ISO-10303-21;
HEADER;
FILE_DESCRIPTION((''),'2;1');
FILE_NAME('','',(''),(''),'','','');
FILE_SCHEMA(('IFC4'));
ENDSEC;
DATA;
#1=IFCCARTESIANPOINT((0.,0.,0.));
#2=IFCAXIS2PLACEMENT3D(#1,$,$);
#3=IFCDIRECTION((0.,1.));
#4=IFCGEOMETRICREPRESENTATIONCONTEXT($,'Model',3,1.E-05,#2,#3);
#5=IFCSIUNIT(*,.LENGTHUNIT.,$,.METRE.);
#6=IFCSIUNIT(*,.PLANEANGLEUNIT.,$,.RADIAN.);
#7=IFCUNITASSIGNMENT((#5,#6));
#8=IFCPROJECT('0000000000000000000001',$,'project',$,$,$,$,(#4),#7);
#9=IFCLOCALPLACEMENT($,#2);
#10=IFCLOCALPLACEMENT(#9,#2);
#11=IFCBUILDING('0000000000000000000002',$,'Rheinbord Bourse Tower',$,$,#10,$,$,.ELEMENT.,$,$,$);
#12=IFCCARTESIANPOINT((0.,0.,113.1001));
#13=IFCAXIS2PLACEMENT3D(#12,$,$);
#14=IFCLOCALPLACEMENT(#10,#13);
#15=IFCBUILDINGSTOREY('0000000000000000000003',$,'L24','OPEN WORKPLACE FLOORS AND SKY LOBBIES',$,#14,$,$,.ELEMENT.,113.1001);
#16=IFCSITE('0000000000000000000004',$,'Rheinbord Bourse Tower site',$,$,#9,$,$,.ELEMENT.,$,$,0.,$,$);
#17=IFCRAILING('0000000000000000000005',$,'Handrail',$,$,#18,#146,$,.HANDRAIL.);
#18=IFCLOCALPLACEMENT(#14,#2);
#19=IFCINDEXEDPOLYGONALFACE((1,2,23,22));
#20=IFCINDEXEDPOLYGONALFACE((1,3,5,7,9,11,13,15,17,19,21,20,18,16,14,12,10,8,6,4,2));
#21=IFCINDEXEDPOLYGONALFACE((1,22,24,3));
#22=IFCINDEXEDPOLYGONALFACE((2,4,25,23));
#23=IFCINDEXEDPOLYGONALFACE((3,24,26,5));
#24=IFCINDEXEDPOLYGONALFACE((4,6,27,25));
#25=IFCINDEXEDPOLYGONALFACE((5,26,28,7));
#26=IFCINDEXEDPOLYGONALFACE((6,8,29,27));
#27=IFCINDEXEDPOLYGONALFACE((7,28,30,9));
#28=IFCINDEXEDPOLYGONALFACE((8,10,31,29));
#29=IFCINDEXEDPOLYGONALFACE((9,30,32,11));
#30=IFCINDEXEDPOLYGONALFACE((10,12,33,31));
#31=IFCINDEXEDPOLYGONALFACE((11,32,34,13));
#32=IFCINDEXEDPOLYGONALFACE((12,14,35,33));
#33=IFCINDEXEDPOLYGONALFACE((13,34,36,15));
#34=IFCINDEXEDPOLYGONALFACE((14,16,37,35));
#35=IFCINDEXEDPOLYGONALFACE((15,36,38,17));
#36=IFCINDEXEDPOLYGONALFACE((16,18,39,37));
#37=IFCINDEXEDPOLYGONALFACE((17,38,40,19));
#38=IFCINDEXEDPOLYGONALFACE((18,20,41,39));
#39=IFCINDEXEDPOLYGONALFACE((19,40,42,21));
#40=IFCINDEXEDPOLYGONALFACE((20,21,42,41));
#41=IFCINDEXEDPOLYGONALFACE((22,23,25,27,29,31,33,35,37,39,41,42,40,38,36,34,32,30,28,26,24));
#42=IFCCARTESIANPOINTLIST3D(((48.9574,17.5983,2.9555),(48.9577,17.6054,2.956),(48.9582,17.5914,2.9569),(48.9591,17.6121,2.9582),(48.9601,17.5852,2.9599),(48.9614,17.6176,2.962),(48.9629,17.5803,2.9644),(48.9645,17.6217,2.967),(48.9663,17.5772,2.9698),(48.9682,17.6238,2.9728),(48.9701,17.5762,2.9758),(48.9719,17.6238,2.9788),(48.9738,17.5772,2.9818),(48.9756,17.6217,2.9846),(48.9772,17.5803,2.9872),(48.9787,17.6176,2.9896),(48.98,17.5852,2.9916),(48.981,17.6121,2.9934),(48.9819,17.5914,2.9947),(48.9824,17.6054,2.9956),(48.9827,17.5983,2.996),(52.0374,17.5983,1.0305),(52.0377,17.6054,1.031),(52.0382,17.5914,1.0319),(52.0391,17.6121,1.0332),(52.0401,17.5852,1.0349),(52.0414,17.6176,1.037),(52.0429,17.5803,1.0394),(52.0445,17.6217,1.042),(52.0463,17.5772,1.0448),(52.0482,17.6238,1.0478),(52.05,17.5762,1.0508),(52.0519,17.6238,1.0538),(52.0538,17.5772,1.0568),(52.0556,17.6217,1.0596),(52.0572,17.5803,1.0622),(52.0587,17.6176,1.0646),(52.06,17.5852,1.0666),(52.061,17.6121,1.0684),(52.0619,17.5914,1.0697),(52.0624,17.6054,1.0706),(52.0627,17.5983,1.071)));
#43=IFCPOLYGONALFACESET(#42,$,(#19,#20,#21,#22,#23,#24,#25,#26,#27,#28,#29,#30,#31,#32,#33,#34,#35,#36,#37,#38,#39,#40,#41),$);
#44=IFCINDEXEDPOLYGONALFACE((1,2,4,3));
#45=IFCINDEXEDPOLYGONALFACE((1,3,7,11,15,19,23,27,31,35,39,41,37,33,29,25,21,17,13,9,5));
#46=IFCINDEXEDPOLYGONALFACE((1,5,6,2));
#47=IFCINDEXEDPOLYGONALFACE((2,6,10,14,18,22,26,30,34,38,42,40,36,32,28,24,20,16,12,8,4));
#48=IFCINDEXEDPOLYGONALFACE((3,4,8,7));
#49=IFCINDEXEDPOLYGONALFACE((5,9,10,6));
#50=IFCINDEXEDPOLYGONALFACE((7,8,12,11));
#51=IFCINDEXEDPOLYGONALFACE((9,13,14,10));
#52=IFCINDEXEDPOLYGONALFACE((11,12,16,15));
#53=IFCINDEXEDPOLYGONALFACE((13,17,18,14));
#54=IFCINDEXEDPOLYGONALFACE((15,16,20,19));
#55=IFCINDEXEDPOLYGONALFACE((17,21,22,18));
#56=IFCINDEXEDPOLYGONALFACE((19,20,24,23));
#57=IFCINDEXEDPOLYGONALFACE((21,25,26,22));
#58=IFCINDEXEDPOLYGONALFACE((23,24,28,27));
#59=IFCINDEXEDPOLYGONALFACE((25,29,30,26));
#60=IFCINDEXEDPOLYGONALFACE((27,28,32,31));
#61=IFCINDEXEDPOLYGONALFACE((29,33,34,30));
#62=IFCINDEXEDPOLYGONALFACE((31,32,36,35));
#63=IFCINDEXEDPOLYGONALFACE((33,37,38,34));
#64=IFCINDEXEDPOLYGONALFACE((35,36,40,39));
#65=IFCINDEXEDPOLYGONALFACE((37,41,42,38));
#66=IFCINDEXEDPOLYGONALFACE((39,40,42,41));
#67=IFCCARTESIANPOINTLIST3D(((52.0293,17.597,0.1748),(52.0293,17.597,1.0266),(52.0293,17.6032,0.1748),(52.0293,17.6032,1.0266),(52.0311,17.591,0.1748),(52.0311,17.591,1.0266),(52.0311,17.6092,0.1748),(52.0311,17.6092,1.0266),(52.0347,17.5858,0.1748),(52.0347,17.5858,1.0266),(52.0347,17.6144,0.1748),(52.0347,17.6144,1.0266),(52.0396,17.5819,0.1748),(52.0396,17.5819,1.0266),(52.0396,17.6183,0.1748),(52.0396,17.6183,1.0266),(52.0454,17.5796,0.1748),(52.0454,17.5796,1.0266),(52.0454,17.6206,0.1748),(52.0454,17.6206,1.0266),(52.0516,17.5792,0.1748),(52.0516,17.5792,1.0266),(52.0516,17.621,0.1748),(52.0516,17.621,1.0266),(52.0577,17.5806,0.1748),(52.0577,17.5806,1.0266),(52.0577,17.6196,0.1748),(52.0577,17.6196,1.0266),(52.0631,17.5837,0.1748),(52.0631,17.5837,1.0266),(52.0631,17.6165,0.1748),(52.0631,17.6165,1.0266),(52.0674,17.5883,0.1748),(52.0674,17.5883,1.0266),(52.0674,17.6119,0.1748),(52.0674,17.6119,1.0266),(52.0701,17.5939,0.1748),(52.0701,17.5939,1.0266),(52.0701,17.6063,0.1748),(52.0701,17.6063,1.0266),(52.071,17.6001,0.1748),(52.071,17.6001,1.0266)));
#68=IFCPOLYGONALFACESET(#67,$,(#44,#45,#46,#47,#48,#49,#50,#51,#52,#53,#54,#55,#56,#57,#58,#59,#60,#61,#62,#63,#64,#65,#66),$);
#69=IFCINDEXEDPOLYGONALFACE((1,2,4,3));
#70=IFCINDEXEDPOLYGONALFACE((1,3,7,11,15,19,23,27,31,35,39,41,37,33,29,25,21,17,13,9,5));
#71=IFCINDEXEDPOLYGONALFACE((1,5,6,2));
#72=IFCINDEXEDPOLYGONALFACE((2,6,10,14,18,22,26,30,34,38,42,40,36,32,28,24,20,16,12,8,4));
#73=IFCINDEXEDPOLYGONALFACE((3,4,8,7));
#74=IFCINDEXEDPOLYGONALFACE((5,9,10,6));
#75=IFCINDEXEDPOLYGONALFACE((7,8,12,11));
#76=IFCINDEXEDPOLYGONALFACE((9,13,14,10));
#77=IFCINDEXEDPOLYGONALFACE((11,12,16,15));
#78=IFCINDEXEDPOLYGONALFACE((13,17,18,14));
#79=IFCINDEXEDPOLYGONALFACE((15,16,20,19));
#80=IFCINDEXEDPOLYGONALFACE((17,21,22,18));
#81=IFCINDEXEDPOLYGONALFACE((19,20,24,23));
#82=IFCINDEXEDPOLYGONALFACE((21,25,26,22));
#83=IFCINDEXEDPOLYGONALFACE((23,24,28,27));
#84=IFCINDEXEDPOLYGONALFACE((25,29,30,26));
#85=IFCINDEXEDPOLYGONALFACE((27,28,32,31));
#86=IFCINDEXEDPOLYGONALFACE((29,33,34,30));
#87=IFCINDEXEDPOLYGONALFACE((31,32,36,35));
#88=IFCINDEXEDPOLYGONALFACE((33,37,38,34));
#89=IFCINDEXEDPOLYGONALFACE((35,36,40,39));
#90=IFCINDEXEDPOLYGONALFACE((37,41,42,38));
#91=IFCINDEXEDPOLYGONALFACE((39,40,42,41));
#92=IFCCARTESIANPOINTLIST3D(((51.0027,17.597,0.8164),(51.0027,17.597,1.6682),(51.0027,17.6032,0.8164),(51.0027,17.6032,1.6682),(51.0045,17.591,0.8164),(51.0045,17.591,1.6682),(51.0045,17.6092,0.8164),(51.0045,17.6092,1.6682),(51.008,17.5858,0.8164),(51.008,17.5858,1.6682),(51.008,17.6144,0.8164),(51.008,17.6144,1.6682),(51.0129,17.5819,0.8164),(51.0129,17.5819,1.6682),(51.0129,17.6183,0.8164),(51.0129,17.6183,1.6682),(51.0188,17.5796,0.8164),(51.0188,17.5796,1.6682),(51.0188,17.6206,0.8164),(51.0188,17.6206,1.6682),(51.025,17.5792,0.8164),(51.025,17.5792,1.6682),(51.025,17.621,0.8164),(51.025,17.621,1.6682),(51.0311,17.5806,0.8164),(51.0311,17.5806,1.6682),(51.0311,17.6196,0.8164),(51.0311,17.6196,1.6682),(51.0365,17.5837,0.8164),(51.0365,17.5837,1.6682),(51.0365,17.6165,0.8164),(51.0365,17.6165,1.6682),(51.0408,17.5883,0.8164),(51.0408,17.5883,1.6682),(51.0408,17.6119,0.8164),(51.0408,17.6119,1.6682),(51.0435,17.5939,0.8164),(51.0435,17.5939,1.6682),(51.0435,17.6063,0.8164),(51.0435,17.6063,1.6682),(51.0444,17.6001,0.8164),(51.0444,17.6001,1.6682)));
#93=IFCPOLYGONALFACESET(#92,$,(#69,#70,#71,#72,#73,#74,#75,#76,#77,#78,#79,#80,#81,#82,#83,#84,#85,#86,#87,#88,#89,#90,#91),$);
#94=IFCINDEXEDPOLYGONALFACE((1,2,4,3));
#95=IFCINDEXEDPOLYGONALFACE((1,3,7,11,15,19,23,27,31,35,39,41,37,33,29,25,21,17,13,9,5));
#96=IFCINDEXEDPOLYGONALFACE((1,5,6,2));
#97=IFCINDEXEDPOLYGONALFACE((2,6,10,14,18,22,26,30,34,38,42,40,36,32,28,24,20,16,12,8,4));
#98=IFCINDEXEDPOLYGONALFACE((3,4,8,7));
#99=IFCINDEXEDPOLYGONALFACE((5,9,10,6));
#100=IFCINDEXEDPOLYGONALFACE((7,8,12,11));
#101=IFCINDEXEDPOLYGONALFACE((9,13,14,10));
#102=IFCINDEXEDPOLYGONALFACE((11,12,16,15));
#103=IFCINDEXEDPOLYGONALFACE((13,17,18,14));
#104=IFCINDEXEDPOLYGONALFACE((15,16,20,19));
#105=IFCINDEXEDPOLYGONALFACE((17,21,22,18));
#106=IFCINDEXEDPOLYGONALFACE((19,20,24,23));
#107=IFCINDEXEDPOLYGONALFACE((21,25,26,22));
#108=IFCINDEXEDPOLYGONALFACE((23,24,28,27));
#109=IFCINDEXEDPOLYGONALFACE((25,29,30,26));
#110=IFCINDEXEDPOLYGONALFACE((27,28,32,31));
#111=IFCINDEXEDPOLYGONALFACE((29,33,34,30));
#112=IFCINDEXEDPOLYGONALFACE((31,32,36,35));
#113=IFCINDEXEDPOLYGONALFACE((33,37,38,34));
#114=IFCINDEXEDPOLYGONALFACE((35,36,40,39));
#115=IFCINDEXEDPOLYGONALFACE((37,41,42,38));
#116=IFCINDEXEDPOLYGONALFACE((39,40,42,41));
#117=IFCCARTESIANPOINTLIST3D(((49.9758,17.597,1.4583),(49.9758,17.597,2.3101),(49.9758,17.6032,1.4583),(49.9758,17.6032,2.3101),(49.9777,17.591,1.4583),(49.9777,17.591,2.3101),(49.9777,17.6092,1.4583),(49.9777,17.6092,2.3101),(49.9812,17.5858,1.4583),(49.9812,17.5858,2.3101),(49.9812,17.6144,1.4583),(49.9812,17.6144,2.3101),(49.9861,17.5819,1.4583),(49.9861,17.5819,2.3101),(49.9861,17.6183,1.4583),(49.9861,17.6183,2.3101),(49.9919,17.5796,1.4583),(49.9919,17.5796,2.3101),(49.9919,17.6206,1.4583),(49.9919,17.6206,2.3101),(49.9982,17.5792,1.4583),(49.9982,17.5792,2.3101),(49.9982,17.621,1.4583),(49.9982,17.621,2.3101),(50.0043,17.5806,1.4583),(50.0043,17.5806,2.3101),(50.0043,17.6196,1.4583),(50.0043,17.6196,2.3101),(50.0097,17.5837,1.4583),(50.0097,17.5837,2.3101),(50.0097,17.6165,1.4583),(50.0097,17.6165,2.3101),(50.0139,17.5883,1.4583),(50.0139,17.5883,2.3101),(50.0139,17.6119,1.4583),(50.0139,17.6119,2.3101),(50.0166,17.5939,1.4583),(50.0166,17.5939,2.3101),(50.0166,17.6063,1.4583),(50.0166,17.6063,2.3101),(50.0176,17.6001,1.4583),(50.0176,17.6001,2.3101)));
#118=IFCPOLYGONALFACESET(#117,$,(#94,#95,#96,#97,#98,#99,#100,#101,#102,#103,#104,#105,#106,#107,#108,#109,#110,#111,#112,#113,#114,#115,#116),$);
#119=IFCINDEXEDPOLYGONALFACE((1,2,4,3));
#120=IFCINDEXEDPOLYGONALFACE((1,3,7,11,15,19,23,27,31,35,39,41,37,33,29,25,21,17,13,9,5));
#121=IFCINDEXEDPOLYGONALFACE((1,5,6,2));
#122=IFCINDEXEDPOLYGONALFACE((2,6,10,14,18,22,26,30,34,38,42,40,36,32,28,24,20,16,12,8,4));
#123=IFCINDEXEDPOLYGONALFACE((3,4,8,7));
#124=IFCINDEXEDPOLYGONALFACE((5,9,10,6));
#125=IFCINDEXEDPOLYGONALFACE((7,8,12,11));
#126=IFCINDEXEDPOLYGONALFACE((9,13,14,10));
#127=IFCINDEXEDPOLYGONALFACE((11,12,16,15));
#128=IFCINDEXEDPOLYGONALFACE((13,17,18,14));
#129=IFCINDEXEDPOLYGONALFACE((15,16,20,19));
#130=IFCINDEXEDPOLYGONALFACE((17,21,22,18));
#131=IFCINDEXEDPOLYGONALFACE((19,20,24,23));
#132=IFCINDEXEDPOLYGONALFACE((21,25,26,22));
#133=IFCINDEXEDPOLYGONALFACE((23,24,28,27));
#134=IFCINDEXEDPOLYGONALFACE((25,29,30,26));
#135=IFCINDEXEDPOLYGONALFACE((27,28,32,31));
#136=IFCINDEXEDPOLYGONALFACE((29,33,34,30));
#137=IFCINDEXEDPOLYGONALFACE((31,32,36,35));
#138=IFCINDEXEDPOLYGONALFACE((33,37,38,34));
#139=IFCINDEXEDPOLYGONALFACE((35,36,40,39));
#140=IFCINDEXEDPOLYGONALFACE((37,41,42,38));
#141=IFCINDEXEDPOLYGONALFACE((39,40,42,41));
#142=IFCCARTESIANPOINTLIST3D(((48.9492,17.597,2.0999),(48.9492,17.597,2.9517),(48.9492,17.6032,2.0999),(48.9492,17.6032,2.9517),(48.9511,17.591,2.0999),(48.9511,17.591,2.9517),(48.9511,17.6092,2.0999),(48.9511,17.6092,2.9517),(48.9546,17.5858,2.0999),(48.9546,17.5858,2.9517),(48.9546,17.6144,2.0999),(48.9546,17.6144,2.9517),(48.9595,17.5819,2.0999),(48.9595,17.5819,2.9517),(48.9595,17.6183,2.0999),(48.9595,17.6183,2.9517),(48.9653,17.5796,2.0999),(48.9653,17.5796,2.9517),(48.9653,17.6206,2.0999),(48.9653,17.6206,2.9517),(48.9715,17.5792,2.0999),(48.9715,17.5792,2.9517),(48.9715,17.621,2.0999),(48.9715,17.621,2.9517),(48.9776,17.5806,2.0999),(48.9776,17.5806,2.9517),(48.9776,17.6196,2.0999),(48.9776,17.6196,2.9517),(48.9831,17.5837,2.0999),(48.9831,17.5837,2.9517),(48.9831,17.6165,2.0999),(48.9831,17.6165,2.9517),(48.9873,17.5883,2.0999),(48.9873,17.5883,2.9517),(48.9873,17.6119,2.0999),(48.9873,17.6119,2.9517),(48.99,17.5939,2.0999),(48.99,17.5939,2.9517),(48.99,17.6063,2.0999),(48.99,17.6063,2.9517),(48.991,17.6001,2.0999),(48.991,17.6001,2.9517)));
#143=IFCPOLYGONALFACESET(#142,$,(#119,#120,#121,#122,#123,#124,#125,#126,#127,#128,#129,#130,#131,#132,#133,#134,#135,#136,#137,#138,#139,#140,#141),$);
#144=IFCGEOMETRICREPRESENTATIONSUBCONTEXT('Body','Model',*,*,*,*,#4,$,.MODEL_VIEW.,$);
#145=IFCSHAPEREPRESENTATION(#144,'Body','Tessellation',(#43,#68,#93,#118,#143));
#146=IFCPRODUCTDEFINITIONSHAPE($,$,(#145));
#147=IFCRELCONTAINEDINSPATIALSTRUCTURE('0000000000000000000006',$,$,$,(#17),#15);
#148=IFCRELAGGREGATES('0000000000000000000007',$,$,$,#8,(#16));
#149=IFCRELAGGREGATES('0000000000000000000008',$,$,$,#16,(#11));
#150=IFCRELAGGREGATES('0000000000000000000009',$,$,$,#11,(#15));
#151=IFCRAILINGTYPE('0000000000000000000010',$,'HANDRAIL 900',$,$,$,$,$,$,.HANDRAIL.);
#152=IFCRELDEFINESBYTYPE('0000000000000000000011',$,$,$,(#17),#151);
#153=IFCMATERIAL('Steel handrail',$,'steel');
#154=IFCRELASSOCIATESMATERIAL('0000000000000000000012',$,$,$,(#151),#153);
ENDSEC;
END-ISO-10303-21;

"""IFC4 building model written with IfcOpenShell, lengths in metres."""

from ifc_helpers import new_model, si_unit, direction, frame, origin, origin_2d, place, context, subcontext, project, spatial, circle, extrude, material, type_object, element, save


model = new_model("IFC4")

# Units and contexts
model_context = context("Model", 3, precision=1e-05, world=origin(), true_north=direction((0.0, 1.0)))
body_context = subcontext(model_context, "Body", "Model", "MODEL_VIEW")
ifc_project = project(units=[si_unit("LENGTHUNIT", "METRE"), si_unit("PLANEANGLEUNIT", "RADIAN")], contexts=[model_context])

# Site, building, storey
site_placement = place(None, origin())
site = spatial("IfcSite", under=ifc_project, at=site_placement, Name="Rheinbord Bourse Tower site", CompositionType="ELEMENT", RefElevation=0.0)
building_placement = place(site_placement, origin())
building = spatial("IfcBuilding", under=site, at=building_placement, Name="Rheinbord Bourse Tower", CompositionType="ELEMENT")
storey_placement = place(building_placement, frame((0.0, 0.0, 113.1001)))
storey = spatial("IfcBuildingStorey", under=building, at=storey_placement, Name="L24", Description="OPEN WORKPLACE FLOORS AND SKY LOBBIES", CompositionType="ELEMENT", Elevation=113.1001)

# Railing
ifc_material_1 = material(Name="Steel handrail", Category="steel")
railing_type = type_object("IfcRailingType", Name="HANDRAIL 900", PredefinedType="HANDRAIL", material=ifc_material_1)
railing_1_placement = place(storey_placement, frame((52.05, 17.6001, 0.1748)))
element("IfcRailing", 1, at=railing_1_placement, inside=storey, type_object=railing_type, Name="Handrail", PredefinedType="HANDRAIL", context=body_context, shape_type="SweptSolid", body=[
    extrude(circle(Radius=0.0239, at=origin_2d()), frame((0.0, 0.0, 0.876), z_axis=(-0.847998, 0.0, 0.529999), x_axis=(0.0, -1.0, 0.0)), (0.0, 0.0, 1.0), 3.6321),
    extrude(circle(Radius=0.021, at=origin_2d()), origin(), (0.0, 0.0, 1.0), 0.8518),
    extrude(circle(Radius=0.021, at=origin_2d()), frame((-1.0266, 0.0, 0.6416)), (0.0, 0.0, 1.0), 0.8518),
    extrude(circle(Radius=0.021, at=origin_2d()), frame((-2.0535, 0.0, 1.2834)), (0.0, 0.0, 1.0), 0.8518),
    extrude(circle(Radius=0.021, at=origin_2d()), frame((-3.0801, 0.0, 1.925)), (0.0, 0.0, 1.0), 0.8518),
])

save(model, "model.ifc")
